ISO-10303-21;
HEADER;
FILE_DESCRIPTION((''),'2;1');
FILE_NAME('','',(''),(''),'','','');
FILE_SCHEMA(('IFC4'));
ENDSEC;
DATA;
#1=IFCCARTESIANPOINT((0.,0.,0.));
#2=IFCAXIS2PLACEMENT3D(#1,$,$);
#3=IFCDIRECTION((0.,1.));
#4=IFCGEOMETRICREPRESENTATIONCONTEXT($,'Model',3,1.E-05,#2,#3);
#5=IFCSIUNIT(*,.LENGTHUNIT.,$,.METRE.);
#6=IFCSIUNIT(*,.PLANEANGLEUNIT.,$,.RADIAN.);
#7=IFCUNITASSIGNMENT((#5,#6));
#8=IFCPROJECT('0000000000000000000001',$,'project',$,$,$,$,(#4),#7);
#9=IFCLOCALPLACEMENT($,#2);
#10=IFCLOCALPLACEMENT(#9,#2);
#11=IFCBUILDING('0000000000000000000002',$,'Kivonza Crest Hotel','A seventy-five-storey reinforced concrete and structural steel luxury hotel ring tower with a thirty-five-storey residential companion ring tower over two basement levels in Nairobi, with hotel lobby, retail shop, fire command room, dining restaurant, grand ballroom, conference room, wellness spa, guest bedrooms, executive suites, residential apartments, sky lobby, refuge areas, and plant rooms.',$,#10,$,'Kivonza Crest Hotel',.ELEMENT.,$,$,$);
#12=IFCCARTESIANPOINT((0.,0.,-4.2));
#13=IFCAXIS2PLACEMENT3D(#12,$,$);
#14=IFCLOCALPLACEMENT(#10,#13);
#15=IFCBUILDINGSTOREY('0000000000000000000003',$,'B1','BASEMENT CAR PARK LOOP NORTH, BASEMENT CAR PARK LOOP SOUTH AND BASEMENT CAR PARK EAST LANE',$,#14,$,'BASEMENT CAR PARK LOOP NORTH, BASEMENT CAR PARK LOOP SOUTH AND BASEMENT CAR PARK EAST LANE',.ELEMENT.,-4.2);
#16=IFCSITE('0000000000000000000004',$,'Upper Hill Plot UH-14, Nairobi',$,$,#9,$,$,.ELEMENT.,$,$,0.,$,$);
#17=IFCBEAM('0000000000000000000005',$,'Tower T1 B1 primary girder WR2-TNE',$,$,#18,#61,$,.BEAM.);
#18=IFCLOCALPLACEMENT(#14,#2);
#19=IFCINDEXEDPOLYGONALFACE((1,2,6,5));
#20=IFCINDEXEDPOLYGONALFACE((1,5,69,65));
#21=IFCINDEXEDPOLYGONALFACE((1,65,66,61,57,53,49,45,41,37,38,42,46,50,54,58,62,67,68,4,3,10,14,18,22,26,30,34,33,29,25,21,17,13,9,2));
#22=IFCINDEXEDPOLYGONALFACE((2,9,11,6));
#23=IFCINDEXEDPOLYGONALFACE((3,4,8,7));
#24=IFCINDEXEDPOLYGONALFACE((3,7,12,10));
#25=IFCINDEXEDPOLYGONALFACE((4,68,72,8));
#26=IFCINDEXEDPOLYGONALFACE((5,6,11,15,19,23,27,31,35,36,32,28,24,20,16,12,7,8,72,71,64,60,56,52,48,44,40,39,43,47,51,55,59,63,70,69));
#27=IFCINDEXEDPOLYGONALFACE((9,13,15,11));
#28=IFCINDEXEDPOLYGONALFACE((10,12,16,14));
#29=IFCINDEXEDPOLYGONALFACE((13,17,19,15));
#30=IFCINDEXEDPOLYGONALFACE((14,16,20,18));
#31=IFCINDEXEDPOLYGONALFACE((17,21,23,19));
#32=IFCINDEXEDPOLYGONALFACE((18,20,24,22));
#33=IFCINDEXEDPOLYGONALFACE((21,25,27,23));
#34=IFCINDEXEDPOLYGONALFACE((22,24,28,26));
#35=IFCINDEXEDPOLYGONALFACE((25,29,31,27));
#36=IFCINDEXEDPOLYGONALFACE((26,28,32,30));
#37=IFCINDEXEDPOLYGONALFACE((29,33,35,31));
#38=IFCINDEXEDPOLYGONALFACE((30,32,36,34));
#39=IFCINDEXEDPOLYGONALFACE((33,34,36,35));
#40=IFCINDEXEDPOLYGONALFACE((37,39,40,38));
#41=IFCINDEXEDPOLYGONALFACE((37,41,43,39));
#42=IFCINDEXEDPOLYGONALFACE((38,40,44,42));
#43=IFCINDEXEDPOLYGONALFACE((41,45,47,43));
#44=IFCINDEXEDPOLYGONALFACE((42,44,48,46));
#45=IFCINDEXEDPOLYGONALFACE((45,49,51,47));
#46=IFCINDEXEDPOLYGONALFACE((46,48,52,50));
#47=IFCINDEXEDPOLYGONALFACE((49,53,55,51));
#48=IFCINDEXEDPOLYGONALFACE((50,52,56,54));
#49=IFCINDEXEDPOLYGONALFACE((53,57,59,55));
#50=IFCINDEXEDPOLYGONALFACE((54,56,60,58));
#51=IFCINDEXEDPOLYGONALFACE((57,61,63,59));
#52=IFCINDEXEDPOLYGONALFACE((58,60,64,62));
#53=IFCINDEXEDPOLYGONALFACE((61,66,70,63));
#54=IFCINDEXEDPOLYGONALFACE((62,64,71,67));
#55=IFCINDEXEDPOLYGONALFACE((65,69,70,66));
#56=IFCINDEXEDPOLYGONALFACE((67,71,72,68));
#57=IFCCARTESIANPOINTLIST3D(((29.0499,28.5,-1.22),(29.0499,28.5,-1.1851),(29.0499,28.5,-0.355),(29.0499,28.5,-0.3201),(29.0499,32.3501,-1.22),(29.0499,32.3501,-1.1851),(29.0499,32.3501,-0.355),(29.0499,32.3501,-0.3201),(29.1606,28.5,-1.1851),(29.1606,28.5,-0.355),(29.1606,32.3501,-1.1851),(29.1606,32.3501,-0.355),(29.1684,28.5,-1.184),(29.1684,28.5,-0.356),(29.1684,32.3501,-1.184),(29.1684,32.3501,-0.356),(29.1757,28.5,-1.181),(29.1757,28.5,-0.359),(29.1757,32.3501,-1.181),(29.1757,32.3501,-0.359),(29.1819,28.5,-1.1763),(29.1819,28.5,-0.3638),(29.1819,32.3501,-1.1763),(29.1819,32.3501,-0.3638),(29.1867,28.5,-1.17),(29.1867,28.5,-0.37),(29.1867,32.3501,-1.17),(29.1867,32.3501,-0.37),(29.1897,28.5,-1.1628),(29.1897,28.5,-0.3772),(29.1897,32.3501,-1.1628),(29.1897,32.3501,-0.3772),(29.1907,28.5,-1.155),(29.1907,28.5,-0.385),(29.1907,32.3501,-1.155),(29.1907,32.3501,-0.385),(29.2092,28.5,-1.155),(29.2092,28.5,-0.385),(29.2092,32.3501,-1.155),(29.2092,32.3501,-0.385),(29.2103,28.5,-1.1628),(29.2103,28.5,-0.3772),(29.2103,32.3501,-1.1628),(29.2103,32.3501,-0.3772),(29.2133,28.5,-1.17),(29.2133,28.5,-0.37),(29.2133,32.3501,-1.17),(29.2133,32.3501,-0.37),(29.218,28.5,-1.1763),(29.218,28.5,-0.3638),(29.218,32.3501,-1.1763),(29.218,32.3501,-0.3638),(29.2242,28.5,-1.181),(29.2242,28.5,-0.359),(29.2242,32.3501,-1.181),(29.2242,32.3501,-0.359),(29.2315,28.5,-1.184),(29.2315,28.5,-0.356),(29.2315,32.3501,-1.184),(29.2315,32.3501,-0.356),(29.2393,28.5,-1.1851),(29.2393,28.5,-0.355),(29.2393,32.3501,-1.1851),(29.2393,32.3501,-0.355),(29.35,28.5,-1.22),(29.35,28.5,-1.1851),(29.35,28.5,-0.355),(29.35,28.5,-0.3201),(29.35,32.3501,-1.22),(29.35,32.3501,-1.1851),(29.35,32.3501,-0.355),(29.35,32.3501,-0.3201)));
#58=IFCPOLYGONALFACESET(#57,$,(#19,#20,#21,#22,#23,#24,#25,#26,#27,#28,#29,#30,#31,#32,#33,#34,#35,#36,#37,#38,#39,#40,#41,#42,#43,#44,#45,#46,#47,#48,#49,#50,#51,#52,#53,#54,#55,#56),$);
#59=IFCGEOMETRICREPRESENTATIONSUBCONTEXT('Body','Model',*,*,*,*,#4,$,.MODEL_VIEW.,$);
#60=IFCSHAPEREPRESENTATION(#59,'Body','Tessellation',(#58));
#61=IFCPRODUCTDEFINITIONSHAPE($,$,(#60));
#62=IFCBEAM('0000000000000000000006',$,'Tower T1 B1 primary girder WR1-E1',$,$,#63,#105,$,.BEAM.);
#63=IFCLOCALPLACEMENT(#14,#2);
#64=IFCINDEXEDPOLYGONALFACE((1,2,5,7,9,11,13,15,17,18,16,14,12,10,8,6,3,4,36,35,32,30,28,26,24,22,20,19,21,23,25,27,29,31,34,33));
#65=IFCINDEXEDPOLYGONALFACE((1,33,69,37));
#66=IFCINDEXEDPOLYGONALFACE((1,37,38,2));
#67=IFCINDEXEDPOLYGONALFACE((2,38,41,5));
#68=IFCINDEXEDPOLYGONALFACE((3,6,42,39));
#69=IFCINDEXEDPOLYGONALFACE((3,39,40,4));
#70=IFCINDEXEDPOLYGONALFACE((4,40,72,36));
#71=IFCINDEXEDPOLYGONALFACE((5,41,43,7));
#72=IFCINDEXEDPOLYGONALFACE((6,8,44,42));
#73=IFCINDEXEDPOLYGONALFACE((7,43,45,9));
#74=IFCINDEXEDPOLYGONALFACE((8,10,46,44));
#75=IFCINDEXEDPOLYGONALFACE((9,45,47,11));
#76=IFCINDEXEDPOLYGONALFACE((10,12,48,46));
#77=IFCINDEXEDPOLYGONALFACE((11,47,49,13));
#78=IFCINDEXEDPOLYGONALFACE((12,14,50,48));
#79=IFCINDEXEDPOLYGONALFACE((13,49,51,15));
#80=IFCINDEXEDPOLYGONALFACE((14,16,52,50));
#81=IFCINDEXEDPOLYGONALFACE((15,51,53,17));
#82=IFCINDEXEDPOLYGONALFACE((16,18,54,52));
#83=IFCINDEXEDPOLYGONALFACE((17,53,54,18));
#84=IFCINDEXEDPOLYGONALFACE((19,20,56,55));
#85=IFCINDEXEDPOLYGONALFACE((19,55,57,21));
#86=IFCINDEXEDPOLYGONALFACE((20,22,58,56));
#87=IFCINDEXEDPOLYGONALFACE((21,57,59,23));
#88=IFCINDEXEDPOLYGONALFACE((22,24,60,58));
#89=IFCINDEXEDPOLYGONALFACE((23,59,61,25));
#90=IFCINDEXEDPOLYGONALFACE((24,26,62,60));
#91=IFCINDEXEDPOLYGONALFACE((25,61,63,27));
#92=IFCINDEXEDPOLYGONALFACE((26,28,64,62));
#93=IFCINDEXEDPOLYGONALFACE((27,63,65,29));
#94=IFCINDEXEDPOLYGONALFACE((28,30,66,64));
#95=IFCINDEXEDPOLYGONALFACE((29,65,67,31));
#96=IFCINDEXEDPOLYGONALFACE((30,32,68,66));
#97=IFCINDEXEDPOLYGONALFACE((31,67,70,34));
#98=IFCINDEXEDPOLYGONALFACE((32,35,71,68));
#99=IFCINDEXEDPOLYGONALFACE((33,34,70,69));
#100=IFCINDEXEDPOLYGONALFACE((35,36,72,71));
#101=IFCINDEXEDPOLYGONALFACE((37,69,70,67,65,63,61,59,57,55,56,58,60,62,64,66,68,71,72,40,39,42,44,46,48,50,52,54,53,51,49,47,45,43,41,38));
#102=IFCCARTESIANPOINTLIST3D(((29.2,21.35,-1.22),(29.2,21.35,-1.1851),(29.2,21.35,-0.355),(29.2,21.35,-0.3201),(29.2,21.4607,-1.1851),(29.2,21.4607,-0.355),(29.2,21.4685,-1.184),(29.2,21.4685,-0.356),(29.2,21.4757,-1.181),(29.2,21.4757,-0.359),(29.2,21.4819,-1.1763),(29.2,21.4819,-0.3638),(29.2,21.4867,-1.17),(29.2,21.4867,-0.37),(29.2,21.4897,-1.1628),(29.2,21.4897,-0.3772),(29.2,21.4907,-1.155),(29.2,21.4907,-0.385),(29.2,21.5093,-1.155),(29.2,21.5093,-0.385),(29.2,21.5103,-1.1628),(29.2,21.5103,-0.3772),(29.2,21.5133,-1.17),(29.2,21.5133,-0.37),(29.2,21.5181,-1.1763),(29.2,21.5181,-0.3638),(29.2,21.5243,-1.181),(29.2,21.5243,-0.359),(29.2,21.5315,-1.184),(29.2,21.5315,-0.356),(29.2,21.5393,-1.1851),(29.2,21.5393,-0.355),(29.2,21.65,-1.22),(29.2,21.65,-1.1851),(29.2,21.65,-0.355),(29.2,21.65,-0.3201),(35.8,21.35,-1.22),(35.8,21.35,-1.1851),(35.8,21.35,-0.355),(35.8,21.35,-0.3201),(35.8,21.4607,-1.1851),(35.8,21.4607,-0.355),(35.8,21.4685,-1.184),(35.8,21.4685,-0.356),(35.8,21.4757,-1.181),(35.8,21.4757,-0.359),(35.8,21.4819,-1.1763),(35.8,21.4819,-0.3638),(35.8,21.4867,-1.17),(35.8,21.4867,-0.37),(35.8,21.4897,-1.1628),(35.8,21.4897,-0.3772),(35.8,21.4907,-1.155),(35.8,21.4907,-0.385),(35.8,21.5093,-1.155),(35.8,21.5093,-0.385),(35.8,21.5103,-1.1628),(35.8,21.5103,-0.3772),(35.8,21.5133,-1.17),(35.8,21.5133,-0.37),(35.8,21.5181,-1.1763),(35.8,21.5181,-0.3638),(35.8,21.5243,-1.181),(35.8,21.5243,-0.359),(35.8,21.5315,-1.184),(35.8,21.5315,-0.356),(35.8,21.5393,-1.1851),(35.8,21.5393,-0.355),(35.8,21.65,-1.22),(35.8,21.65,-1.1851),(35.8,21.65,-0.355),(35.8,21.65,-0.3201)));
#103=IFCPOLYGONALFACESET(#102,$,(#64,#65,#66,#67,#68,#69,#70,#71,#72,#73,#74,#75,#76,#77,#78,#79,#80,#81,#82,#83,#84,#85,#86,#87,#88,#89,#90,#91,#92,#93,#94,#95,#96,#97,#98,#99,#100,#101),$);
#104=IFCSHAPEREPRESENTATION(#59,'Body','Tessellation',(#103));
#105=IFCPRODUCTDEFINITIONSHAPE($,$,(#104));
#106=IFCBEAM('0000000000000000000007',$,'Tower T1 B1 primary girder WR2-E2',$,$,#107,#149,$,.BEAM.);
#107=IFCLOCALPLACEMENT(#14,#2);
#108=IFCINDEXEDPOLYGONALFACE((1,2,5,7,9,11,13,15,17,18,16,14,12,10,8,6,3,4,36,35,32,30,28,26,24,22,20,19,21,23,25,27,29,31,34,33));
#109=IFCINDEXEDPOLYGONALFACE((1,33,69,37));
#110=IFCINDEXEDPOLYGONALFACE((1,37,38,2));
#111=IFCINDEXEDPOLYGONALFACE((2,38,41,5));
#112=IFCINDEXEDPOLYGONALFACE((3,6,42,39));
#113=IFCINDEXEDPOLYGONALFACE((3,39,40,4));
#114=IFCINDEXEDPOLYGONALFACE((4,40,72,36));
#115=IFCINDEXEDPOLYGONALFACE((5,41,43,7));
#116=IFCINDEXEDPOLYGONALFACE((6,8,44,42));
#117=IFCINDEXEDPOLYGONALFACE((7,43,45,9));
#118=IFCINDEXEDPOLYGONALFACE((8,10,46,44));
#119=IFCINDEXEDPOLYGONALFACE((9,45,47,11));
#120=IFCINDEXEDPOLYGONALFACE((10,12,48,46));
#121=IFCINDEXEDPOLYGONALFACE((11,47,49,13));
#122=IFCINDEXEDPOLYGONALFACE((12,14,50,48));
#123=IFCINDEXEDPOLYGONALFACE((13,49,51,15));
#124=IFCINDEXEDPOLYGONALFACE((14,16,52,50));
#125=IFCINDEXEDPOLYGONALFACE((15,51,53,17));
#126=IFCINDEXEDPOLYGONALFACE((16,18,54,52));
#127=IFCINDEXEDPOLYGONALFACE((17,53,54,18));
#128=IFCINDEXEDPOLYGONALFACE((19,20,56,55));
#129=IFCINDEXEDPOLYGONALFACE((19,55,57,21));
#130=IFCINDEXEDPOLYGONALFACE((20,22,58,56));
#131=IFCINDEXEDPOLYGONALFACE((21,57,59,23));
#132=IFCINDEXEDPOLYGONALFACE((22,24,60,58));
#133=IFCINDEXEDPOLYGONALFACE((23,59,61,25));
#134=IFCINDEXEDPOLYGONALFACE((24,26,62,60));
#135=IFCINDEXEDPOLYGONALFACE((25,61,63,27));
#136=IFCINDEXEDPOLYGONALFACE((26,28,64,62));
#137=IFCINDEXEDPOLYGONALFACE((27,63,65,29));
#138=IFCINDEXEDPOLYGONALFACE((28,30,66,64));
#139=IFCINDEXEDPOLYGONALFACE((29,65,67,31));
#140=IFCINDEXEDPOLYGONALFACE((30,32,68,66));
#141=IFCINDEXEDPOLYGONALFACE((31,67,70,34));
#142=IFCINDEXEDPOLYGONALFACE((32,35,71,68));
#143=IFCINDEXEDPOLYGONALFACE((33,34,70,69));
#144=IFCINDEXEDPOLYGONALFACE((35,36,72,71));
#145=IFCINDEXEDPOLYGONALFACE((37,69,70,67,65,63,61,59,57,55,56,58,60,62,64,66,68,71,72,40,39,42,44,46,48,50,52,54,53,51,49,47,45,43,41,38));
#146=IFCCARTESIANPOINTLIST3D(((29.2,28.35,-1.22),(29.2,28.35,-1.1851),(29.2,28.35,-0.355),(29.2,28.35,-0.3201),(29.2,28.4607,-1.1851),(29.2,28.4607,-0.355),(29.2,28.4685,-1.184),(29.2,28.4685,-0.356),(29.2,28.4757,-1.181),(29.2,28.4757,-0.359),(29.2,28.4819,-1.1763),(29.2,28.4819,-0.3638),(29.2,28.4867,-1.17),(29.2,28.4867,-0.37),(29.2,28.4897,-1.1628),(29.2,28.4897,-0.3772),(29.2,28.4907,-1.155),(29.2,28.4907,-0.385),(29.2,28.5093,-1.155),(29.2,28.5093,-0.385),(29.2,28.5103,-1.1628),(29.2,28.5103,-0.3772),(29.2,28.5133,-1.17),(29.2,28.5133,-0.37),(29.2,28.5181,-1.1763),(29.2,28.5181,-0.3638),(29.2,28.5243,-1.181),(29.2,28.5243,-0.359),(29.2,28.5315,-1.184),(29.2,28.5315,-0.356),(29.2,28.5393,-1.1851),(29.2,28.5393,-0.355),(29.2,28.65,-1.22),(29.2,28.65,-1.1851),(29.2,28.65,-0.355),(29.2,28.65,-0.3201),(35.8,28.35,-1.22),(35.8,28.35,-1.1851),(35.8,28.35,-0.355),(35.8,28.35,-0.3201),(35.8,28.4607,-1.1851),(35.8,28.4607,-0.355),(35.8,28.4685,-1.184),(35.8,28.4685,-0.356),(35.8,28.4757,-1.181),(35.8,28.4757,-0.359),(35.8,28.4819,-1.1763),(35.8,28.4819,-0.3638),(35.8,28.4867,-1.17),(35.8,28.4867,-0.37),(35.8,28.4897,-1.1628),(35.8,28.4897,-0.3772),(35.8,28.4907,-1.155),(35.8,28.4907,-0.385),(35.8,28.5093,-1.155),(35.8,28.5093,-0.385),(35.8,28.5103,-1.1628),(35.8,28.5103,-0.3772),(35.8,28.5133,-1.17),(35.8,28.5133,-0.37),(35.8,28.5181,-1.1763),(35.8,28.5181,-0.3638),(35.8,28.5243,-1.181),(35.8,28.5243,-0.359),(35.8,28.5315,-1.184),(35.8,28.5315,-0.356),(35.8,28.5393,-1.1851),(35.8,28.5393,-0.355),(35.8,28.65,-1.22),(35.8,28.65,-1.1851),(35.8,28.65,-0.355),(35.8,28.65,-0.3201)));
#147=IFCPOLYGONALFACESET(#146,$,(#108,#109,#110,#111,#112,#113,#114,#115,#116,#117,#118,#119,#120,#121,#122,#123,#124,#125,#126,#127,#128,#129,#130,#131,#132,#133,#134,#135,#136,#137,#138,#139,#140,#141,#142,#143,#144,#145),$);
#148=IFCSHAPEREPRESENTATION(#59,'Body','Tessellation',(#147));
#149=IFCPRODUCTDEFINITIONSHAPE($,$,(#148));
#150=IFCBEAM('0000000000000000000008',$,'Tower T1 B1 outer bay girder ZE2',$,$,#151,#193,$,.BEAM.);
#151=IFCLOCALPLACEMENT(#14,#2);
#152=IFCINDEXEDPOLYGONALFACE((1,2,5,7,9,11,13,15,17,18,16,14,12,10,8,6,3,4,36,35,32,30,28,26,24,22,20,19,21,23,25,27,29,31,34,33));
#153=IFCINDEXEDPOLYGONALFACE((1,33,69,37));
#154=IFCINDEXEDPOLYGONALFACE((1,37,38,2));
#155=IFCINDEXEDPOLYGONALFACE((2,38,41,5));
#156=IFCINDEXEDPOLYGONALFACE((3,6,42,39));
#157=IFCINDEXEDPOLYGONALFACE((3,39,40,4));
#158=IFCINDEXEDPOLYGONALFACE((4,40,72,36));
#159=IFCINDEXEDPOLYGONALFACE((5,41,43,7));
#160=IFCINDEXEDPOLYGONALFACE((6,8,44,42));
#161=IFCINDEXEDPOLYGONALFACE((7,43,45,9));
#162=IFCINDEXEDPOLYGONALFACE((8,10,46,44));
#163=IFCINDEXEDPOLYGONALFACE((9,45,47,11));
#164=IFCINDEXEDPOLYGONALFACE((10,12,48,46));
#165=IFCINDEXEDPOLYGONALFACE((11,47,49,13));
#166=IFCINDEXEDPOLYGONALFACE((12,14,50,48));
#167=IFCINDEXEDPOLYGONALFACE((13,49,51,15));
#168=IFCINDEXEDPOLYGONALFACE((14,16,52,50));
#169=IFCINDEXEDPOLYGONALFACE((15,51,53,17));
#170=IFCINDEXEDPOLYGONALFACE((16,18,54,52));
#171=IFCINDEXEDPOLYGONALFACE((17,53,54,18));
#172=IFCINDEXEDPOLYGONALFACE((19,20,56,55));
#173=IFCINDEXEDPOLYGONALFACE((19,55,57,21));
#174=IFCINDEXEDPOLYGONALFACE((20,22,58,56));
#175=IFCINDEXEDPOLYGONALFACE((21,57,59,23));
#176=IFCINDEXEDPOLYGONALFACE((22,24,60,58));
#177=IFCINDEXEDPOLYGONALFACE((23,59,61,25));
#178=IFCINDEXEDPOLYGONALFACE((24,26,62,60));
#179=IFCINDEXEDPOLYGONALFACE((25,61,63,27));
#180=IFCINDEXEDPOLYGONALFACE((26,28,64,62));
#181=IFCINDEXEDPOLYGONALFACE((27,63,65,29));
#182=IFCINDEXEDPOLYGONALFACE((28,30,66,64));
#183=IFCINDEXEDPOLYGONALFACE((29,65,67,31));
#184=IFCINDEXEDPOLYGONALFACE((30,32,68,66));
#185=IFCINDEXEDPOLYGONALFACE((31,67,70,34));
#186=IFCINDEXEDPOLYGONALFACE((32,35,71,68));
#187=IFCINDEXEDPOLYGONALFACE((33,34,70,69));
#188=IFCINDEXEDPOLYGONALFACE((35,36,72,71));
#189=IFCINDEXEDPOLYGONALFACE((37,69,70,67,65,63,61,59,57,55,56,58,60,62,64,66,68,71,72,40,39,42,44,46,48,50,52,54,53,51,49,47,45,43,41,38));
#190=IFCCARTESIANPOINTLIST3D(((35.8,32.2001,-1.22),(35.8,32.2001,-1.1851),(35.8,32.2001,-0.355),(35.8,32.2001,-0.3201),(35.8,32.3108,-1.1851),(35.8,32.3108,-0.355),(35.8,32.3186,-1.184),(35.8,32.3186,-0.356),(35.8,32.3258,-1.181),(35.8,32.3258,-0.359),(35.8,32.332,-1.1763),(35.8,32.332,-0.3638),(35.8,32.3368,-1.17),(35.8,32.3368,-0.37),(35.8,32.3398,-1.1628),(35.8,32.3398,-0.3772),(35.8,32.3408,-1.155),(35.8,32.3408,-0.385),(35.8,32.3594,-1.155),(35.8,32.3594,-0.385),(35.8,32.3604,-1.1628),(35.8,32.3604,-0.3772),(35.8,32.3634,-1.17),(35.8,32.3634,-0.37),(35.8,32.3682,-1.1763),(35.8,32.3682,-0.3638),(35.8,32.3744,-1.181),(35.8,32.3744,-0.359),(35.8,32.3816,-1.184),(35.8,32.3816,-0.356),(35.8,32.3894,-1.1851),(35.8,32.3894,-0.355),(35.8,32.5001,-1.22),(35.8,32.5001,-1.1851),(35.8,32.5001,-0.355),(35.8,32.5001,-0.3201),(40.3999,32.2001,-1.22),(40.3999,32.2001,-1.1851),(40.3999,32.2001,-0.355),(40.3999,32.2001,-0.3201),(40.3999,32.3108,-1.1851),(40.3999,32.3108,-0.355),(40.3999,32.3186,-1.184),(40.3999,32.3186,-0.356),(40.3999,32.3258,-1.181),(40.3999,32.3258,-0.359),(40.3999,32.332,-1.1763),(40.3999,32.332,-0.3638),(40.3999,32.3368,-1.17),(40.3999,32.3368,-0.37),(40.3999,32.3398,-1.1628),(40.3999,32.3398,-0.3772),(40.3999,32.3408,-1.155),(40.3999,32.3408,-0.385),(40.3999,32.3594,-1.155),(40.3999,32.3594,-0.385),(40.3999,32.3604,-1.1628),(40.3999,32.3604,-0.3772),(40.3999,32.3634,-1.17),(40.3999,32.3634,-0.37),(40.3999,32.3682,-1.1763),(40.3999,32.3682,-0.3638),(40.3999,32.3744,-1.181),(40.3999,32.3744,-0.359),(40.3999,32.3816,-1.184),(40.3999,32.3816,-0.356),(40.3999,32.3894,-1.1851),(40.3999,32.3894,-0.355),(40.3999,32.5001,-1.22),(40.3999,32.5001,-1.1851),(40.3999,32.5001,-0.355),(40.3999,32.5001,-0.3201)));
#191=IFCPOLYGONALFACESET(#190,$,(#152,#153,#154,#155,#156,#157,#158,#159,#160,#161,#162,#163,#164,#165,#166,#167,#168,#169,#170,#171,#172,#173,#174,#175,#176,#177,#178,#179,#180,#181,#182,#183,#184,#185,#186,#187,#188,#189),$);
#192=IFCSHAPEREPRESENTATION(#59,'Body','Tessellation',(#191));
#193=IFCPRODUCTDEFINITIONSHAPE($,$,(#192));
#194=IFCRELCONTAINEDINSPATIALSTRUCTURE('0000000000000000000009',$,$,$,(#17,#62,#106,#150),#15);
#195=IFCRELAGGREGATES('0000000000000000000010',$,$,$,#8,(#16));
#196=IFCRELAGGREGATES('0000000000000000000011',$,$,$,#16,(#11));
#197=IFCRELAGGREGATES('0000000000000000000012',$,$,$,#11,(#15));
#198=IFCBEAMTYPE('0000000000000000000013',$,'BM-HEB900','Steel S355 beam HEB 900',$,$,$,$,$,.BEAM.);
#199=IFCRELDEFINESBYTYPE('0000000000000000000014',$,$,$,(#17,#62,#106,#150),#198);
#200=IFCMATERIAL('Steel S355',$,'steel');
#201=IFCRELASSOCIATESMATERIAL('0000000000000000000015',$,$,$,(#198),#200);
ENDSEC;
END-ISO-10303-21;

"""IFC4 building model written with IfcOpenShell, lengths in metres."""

from ifc_helpers import new_model, si_unit, direction, frame, origin, origin_2d, place, context, subcontext, project, spatial, i_section, extrude, material, material_profile, profile_set, type_object, element, save


model = new_model("IFC4")

# Units and contexts
model_context = context("Model", 3, precision=1e-05, world=origin(), true_north=direction((0.0, 1.0)))
body_context = subcontext(model_context, "Body", "Model", "MODEL_VIEW")
ifc_project = project(units=[si_unit("LENGTHUNIT", "METRE"), si_unit("PLANEANGLEUNIT", "RADIAN")], contexts=[model_context])

# Site, building, storey
site_placement = place(None, origin())
site = spatial("IfcSite", under=ifc_project, at=site_placement, Name="Upper Hill Plot UH-14, Nairobi", CompositionType="ELEMENT", RefElevation=0.0)
building_placement = place(site_placement, origin())
building = spatial("IfcBuilding", under=site, at=building_placement, Name="Kivonza Crest Hotel", Description="A seventy-five-storey reinforced concrete and structural steel luxury hotel ring tower with a thirty-five-storey residential companion ring tower over two basement levels in Nairobi, with hotel lobby, retail shop, fire command room, dining restaurant, grand ballroom, conference room, wellness spa, guest bedrooms, executive suites, residential apartments, sky lobby, refuge areas, and plant rooms.", LongName="Kivonza Crest Hotel", CompositionType="ELEMENT")
storey_placement = place(building_placement, frame((0.0, 0.0, -4.2)))
storey = spatial("IfcBuildingStorey", under=building, at=storey_placement, Name="B1", Description="BASEMENT CAR PARK LOOP NORTH, BASEMENT CAR PARK LOOP SOUTH AND BASEMENT CAR PARK EAST LANE", LongName="BASEMENT CAR PARK LOOP NORTH, BASEMENT CAR PARK LOOP SOUTH AND BASEMENT CAR PARK EAST LANE", CompositionType="ELEMENT", Elevation=-4.2)

# Beams
ifc_material_1 = material(Name="Steel S355", Category="steel")
ifc_material_profile_1 = material_profile(ifc_material_1, i_section(OverallWidth=0.3, OverallDepth=0.8999, WebThickness=0.0186, FlangeThickness=0.0349, FilletRadius=0.03, at=origin_2d()), Name="HEB 900")
ifc_profile_set_1 = profile_set([ifc_material_profile_1], Name="Steel S355")
beam_type_1 = type_object("IfcBeamType", Name="BM-HEB900", Description="Steel S355 beam HEB 900", PredefinedType="BEAM", material=ifc_profile_set_1)
beam_1_placement = place(storey_placement, frame((29.2, 28.5, -0.77), z_axis=(0.0, 1.0, 0.0), x_axis=(-1.0, 0.0, 0.0)))
element("IfcBeam", 1, at=beam_1_placement, inside=storey, type_object=beam_type_1, Name="Tower T1 B1 primary girder WR2-TNE", PredefinedType="BEAM", context=body_context, shape_type="SweptSolid", body=[
    extrude(i_section(OverallWidth=0.3, OverallDepth=0.8999, WebThickness=0.0186, FlangeThickness=0.0349, FilletRadius=0.03, at=origin_2d()), origin(), (0.0, 0.0, 1.0), 3.8501),
])
for number, where, z_axis, x_axis, name in (
    (2, (29.2, 21.5, -0.77), (1.0, 0.0, 0.0), (0.0, 1.0, 0.0), "Tower T1 B1 primary girder WR1-E1"),
    (3, (29.2, 28.5, -0.77), (1.0, 0.0, 0.0), (0.0, 1.0, 0.0), "Tower T1 B1 primary girder WR2-E2"),
):
    element("IfcBeam", number, at=place(storey_placement, frame(where, z_axis=z_axis, x_axis=x_axis)), inside=storey, type_object=beam_type_1, Name=name, PredefinedType="BEAM", context=body_context, shape_type="SweptSolid", body=[
        extrude(i_section(OverallWidth=0.3, OverallDepth=0.8999, WebThickness=0.0186, FlangeThickness=0.0349, FilletRadius=0.03, at=origin_2d()), origin(), (0.0, 0.0, 1.0), 6.6001),
    ])
beam_2_placement = place(storey_placement, frame((40.3999, 32.3501, -0.77), z_axis=(-1.0, 0.0, 0.0), x_axis=(0.0, -1.0, 0.0)))
element("IfcBeam", 4, at=beam_2_placement, inside=storey, type_object=beam_type_1, Name="Tower T1 B1 outer bay girder ZE2", PredefinedType="BEAM", context=body_context, shape_type="SweptSolid", body=[
    extrude(i_section(OverallWidth=0.3, OverallDepth=0.8999, WebThickness=0.0186, FlangeThickness=0.0349, FilletRadius=0.03, at=origin_2d()), origin(), (0.0, 0.0, 1.0), 4.5999),
])

save(model, "model.ifc")
